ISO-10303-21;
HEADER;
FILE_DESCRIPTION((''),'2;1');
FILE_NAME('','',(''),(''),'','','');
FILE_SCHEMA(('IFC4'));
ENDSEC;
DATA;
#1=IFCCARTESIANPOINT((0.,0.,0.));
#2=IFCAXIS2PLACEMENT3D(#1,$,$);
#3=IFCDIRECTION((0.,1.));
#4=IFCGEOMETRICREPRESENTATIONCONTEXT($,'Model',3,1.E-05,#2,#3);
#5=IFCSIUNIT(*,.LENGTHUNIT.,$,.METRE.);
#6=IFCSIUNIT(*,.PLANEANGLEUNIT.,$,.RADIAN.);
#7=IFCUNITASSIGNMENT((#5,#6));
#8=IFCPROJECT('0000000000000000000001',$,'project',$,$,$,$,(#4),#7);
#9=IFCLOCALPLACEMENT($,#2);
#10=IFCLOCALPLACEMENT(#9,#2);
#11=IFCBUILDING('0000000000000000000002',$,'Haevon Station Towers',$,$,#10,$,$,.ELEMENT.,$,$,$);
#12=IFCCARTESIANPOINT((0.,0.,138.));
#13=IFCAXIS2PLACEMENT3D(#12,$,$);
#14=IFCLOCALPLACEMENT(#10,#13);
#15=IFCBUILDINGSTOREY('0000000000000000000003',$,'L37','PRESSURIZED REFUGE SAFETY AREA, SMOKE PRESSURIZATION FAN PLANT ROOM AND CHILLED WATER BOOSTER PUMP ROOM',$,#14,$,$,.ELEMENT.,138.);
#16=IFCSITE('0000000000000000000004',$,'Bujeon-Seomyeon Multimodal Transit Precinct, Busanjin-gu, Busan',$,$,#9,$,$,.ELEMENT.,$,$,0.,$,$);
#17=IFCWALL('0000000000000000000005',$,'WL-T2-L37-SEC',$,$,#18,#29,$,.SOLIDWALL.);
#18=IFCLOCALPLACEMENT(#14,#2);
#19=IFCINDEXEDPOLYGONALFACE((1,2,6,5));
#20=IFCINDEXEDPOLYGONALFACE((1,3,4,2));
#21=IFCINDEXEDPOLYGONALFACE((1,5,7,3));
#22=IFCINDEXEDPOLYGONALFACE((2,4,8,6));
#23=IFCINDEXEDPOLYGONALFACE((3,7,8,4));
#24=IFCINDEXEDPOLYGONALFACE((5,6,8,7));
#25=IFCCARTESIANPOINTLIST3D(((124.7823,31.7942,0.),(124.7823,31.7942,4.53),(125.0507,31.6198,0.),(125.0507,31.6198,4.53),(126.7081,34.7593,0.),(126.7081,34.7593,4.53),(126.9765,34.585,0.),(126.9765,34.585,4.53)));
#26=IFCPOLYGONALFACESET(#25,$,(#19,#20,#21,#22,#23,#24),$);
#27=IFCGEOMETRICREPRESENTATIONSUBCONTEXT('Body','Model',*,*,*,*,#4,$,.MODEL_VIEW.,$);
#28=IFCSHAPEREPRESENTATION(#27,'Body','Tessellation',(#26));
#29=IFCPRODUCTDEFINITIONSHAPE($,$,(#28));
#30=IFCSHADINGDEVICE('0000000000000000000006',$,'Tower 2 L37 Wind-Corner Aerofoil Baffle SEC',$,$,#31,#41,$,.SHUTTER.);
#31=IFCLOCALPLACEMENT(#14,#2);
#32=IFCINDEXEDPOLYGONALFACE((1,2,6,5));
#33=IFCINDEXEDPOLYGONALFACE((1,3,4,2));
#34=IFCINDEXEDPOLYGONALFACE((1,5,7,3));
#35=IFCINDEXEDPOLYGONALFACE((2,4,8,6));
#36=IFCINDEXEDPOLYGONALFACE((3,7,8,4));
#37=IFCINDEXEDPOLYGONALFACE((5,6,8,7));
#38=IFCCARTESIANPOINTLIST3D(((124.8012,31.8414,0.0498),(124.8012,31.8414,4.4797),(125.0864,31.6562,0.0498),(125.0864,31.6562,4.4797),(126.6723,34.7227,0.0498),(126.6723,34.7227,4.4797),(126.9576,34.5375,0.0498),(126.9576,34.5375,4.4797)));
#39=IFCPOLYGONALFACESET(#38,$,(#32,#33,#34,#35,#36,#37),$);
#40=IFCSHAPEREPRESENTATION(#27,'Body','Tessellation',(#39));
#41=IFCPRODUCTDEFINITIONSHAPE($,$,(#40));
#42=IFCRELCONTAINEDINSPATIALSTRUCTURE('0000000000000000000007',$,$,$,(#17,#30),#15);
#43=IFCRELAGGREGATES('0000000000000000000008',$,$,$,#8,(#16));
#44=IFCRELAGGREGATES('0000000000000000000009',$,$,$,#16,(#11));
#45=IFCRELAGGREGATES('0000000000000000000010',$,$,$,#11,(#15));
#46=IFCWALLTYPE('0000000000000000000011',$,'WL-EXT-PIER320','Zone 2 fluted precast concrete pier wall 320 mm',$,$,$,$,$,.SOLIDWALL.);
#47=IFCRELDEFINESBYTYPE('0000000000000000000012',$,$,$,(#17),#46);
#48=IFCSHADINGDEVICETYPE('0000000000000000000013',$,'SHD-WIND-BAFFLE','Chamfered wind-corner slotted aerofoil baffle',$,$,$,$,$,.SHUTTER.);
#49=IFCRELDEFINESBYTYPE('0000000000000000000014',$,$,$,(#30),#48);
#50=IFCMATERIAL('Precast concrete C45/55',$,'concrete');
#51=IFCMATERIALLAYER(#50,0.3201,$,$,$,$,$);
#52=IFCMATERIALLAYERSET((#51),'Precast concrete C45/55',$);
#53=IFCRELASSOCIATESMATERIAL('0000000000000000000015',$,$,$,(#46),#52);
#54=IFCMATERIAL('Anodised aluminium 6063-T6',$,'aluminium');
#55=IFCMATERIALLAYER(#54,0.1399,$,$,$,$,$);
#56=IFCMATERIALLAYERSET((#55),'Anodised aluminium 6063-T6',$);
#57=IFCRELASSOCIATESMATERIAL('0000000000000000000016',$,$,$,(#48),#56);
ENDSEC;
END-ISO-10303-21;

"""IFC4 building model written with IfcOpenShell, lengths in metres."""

from ifc_helpers import new_model, si_unit, direction, frame, frame_2d, origin, origin_2d, place, context, subcontext, project, spatial, rectangle, extrude, material, layer, layer_set, type_object, element, save


model = new_model("IFC4")

# Units and contexts
model_context = context("Model", 3, precision=1e-05, world=origin(), true_north=direction((0.0, 1.0)))
body_context = subcontext(model_context, "Body", "Model", "MODEL_VIEW")
ifc_project = project(units=[si_unit("LENGTHUNIT", "METRE"), si_unit("PLANEANGLEUNIT", "RADIAN")], contexts=[model_context])

# Site, building, storey
site_placement = place(None, origin())
site = spatial("IfcSite", under=ifc_project, at=site_placement, Name="Bujeon-Seomyeon Multimodal Transit Precinct, Busanjin-gu, Busan", CompositionType="ELEMENT", RefElevation=0.0)
building_placement = place(site_placement, origin())
building = spatial("IfcBuilding", under=site, at=building_placement, Name="Haevon Station Towers", CompositionType="ELEMENT")
storey_placement = place(building_placement, frame((0.0, 0.0, 138.0)))
storey = spatial("IfcBuildingStorey", under=building, at=storey_placement, Name="L37", Description="PRESSURIZED REFUGE SAFETY AREA, SMOKE PRESSURIZATION FAN PLANT ROOM AND CHILLED WATER BOOSTER PUMP ROOM", CompositionType="ELEMENT", Elevation=138.0)

# Wall
ifc_material_1 = material(Name="Precast concrete C45/55", Category="concrete")
ifc_layer_1 = layer(ifc_material_1, 0.3201)
ifc_layer_set_1 = layer_set([ifc_layer_1], Name="Precast concrete C45/55")
wall_type = type_object("IfcWallType", Name="WL-EXT-PIER320", Description="Zone 2 fluted precast concrete pier wall 320 mm", PredefinedType="SOLIDWALL", material=ifc_layer_set_1)
wall_1_placement = place(storey_placement, frame((126.8423, 34.6721, 0.0), z_axis=(0.0, 0.0, 1.0), x_axis=(-0.544685, -0.838641, 0.0)))
element("IfcWall", 1, at=wall_1_placement, inside=storey, type_object=wall_type, Name="WL-T2-L37-SEC", PredefinedType="SOLIDWALL", context=body_context, shape_type="SweptSolid", body=[
    extrude(rectangle(XDim=3.5356, YDim=0.3201, at=frame_2d((1.7678, 0.0))), origin(), (0.0, 0.0, 1.0), 4.53),
])

# Shading device
ifc_material_2 = material(Name="Anodised aluminium 6063-T6", Category="aluminium")
ifc_layer_2 = layer(ifc_material_2, 0.1399)
ifc_layer_set_2 = layer_set([ifc_layer_2], Name="Anodised aluminium 6063-T6")
shading_device_type = type_object("IfcShadingDeviceType", Name="SHD-WIND-BAFFLE", Description="Chamfered wind-corner slotted aerofoil baffle", PredefinedType="SHUTTER", material=ifc_layer_set_2)
shading_device_placement = place(storey_placement, frame((125.8794, 33.1895, 0.0498), z_axis=(0.0, 0.0, 1.0), x_axis=(-0.544639, -0.838671, 0.0)))
element("IfcShadingDevice", 2, at=shading_device_placement, inside=storey, type_object=shading_device_type, Name="Tower 2 L37 Wind-Corner Aerofoil Baffle SEC", PredefinedType="SHUTTER", context=body_context, shape_type="SweptSolid", body=[
    extrude(rectangle(XDim=3.4355, YDim=0.3401, at=origin_2d()), origin(), (0.0, 0.0, 1.0), 4.4299),
])

save(model, "model.ifc")
